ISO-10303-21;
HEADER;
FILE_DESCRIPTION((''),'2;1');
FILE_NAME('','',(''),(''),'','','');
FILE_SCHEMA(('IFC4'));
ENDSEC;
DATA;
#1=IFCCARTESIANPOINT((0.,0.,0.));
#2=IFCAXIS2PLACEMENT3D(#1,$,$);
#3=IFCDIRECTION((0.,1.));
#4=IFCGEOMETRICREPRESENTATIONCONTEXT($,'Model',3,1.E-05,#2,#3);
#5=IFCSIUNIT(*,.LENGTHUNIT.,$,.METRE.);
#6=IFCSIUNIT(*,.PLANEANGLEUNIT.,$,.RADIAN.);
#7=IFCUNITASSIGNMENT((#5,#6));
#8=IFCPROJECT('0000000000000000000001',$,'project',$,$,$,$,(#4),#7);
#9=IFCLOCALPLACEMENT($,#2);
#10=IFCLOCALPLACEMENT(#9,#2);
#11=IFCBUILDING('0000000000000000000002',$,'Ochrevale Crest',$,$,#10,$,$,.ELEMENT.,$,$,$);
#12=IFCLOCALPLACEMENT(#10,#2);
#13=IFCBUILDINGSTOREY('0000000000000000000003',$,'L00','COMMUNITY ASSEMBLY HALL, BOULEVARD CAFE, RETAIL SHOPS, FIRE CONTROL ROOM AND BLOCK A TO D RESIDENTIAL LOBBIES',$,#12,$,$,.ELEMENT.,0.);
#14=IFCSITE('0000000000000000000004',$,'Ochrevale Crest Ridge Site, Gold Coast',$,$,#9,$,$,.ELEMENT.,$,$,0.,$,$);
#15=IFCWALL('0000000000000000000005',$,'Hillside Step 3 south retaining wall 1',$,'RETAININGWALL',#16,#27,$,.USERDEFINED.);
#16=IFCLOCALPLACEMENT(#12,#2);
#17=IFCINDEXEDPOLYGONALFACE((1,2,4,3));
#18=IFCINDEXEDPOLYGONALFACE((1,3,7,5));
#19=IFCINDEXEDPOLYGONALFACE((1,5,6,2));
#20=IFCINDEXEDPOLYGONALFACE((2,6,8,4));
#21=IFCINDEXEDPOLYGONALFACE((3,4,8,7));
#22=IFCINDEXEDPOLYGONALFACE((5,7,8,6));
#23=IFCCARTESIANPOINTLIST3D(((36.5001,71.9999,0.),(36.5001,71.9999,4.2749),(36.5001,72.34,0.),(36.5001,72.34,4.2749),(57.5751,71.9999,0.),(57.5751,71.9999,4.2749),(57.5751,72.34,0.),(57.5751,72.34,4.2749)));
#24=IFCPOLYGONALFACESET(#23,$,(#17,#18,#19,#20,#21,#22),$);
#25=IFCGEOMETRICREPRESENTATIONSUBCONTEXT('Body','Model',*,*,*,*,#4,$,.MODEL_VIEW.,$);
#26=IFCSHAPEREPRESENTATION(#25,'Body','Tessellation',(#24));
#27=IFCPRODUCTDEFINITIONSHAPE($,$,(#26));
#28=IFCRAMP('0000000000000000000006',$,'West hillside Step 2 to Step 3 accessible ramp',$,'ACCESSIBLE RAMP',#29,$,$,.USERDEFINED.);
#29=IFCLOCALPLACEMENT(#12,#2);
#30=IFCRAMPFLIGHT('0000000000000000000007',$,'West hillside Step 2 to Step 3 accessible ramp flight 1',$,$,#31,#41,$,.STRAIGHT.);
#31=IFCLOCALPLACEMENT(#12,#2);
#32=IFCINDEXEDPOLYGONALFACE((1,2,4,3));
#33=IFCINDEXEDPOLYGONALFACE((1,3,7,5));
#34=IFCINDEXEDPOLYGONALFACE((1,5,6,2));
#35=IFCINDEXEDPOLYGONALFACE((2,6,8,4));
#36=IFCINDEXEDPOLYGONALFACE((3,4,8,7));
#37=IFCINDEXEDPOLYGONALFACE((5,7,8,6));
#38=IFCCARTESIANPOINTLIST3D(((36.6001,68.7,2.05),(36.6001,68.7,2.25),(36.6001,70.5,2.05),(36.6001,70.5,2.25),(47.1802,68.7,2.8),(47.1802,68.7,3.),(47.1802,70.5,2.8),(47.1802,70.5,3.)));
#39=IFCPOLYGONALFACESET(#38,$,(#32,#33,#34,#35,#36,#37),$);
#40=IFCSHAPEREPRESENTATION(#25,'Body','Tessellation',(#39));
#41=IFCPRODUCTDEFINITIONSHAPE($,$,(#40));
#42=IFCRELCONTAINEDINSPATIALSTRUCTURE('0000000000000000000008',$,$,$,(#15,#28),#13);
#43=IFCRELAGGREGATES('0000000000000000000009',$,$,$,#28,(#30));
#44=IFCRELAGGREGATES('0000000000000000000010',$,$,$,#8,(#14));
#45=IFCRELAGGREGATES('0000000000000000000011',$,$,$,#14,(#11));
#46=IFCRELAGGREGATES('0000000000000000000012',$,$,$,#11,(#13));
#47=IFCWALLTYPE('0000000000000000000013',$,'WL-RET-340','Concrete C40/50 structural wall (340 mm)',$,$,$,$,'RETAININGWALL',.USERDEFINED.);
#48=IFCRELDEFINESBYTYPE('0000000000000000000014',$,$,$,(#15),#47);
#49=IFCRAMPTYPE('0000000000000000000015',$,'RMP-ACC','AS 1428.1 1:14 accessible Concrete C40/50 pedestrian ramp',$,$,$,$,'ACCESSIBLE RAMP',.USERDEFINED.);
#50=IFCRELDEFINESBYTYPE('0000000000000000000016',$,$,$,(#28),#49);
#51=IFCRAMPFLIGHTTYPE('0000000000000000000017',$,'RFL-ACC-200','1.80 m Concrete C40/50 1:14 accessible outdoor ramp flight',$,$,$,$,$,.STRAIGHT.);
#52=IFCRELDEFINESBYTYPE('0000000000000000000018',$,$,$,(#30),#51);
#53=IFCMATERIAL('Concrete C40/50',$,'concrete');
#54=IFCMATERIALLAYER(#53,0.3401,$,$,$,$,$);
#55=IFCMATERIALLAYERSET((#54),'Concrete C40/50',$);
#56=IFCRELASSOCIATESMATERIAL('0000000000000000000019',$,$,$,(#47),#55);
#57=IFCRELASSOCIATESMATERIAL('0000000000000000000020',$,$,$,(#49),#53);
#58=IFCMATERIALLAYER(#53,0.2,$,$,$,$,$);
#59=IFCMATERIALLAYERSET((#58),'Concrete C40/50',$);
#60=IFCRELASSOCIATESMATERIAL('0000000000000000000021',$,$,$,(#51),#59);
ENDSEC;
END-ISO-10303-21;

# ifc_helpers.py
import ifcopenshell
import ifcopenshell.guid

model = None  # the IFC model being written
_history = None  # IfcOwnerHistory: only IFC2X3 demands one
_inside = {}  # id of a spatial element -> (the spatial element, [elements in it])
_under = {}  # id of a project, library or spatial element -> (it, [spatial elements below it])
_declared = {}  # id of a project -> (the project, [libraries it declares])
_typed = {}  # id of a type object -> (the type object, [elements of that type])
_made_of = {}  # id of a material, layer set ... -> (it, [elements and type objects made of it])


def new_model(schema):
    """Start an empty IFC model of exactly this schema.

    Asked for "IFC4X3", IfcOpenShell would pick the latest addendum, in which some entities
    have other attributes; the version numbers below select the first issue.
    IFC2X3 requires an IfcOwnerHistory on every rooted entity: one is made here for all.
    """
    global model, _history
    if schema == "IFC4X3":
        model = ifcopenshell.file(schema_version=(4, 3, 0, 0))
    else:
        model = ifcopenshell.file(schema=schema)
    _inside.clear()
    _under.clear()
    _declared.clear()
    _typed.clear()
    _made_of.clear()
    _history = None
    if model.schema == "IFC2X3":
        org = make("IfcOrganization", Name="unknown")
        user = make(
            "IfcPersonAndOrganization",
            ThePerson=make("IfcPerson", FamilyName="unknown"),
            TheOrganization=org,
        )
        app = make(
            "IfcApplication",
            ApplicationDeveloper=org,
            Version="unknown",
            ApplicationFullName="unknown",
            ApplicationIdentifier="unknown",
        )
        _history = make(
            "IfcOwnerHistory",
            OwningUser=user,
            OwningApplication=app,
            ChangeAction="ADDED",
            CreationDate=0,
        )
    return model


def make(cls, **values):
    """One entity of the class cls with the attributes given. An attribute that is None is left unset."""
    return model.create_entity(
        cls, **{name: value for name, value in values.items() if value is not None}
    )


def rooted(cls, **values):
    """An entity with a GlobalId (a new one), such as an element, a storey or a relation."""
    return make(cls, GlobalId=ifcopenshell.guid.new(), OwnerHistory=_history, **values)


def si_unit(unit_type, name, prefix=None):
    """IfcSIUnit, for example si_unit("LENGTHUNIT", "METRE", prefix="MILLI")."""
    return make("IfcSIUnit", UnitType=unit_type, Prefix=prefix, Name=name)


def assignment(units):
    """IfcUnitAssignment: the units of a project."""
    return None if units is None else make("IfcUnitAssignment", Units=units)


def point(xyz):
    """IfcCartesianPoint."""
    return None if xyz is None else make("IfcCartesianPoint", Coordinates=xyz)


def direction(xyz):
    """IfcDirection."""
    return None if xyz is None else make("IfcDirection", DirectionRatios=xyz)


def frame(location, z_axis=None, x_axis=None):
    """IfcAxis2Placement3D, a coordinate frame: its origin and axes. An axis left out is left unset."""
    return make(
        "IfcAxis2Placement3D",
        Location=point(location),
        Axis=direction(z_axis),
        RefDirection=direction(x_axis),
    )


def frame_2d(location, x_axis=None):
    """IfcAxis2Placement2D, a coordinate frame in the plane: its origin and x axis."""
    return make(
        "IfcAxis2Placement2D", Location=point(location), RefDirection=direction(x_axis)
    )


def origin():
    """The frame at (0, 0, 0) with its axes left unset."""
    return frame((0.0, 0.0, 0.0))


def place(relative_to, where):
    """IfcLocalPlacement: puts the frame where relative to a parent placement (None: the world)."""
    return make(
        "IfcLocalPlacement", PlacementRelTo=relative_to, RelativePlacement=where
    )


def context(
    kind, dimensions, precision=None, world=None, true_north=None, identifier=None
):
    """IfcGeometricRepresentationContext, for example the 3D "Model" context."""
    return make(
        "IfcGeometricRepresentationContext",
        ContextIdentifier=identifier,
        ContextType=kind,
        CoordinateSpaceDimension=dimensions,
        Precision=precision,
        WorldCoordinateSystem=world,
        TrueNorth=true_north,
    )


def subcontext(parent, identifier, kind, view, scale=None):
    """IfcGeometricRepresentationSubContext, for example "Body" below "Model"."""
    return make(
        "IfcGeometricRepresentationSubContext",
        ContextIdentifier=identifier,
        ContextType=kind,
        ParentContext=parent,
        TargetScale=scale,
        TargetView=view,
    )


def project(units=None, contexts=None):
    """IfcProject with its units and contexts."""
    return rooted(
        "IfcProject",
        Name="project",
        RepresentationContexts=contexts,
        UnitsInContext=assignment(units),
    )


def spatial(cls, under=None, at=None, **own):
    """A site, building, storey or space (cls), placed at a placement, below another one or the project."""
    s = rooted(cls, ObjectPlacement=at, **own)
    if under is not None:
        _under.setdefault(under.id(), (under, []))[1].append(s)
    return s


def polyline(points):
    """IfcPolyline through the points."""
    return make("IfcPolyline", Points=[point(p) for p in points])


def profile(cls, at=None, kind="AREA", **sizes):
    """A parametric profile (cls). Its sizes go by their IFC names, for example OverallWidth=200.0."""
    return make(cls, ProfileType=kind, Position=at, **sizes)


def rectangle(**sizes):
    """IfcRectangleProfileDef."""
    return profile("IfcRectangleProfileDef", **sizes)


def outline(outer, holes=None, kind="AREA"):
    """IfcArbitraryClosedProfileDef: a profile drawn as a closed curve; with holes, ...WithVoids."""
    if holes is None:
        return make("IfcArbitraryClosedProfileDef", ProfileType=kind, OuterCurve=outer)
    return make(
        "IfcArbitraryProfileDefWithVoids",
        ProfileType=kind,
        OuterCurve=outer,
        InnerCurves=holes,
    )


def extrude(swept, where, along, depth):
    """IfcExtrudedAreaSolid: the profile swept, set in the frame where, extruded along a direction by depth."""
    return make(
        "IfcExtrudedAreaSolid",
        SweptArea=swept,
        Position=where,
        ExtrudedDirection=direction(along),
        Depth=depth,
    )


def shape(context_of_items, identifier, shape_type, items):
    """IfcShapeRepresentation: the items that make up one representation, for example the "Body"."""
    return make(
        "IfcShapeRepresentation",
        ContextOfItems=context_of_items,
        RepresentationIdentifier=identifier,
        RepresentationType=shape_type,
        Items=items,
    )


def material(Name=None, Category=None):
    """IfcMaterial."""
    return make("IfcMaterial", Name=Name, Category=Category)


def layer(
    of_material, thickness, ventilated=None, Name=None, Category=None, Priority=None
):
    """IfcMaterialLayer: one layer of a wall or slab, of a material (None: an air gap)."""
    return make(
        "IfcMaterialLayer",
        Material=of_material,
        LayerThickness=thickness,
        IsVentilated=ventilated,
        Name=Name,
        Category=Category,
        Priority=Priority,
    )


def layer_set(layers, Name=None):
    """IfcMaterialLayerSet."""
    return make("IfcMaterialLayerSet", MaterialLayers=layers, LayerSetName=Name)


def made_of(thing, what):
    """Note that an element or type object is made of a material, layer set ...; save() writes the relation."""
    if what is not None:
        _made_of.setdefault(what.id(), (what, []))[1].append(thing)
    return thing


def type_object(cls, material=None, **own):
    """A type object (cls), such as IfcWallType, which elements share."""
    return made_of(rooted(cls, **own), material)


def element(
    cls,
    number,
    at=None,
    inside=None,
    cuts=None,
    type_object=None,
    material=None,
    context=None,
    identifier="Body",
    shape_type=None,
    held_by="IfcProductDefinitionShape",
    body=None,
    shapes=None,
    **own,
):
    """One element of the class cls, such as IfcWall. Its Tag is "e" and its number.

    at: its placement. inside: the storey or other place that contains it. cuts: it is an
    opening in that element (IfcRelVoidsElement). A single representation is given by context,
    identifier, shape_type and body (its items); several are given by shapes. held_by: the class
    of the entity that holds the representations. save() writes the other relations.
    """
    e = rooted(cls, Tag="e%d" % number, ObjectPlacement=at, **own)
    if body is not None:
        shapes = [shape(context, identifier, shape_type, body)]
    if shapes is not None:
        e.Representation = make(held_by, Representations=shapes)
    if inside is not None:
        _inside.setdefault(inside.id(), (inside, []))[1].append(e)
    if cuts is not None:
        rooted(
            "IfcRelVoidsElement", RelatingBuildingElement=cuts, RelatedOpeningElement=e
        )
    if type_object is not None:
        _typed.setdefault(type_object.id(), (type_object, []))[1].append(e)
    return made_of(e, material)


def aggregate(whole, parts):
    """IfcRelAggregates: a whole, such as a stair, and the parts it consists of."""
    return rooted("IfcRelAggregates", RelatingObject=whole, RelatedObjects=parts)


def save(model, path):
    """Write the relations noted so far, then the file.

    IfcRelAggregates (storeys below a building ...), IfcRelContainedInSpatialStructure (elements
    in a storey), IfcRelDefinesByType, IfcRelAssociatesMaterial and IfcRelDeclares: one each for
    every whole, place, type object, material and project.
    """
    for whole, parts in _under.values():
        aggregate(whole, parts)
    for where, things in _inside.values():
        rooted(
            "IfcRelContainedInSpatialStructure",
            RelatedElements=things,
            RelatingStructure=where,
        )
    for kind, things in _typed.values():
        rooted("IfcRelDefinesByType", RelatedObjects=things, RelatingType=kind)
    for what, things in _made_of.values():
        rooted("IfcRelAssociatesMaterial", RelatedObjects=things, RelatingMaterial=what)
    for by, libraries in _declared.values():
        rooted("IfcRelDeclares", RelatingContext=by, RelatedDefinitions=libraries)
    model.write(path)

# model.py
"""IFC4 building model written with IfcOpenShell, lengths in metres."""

from ifc_helpers import new_model, si_unit, direction, frame, frame_2d, origin, place, context, subcontext, project, spatial, polyline, rectangle, outline, extrude, material, layer, layer_set, type_object, element, aggregate, save


model = new_model("IFC4")

# Units and contexts
model_context = context("Model", 3, precision=1e-05, world=origin(), true_north=direction((0.0, 1.0)))
body_context = subcontext(model_context, "Body", "Model", "MODEL_VIEW")
ifc_project = project(units=[si_unit("LENGTHUNIT", "METRE"), si_unit("PLANEANGLEUNIT", "RADIAN")], contexts=[model_context])

# Site, building, storey
site_placement = place(None, origin())
site = spatial("IfcSite", under=ifc_project, at=site_placement, Name="Ochrevale Crest Ridge Site, Gold Coast", CompositionType="ELEMENT", RefElevation=0.0)
building_placement = place(site_placement, origin())
building = spatial("IfcBuilding", under=site, at=building_placement, Name="Ochrevale Crest", CompositionType="ELEMENT")
storey_placement = place(building_placement, origin())
storey = spatial("IfcBuildingStorey", under=building, at=storey_placement, Name="L00", Description="COMMUNITY ASSEMBLY HALL, BOULEVARD CAFE, RETAIL SHOPS, FIRE CONTROL ROOM AND BLOCK A TO D RESIDENTIAL LOBBIES", CompositionType="ELEMENT", Elevation=0.0)

# Wall
ifc_material_1 = material(Name="Concrete C40/50", Category="concrete")
ifc_layer_1 = layer(ifc_material_1, 0.3401)
ifc_layer_set_1 = layer_set([ifc_layer_1], Name="Concrete C40/50")
wall_type_1 = type_object("IfcWallType", Name="WL-RET-340", Description="Concrete C40/50 structural wall (340 mm)", ElementType="RETAININGWALL", PredefinedType="USERDEFINED", material=ifc_layer_set_1)
wall_1_placement = place(storey_placement, frame((36.5, 72.1699, 0.0), z_axis=(0.0, 0.0, 1.0), x_axis=(1.0, 0.0, 0.0)))
element("IfcWall", 1, at=wall_1_placement, inside=storey, type_object=wall_type_1, Name="Hillside Step 3 south retaining wall 1", ObjectType="RETAININGWALL", PredefinedType="USERDEFINED", context=body_context, shape_type="SweptSolid", body=[
    extrude(rectangle(XDim=21.075, YDim=0.3401, at=frame_2d((10.5376, 0.0))), origin(), (0.0, 0.0, 1.0), 4.2749),
])

# Ramp, ramp flight
ramp_type = type_object("IfcRampType", Name="RMP-ACC", Description="AS 1428.1 1:14 accessible Concrete C40/50 pedestrian ramp", ElementType="ACCESSIBLE RAMP", PredefinedType="USERDEFINED", material=ifc_material_1)
ramp_placement = place(storey_placement, origin())
ramp = element("IfcRamp", 2, at=ramp_placement, inside=storey, type_object=ramp_type, Name="West hillside Step 2 to Step 3 accessible ramp", ObjectType="ACCESSIBLE RAMP", PredefinedType="USERDEFINED")
ifc_layer_2 = layer(ifc_material_1, 0.2)
ifc_layer_set_2 = layer_set([ifc_layer_2], Name="Concrete C40/50")
ramp_flight_type = type_object("IfcRampFlightType", Name="RFL-ACC-200", Description="1.80 m Concrete C40/50 1:14 accessible outdoor ramp flight", PredefinedType="STRAIGHT", material=ifc_layer_set_2)
ramp_flight_placement = place(storey_placement, frame((36.6001, 69.6001, 2.25), z_axis=(0.0, 0.0, 1.0), x_axis=(1.0, 0.0, 0.0)))
ramp_flight = element("IfcRampFlight", 3, at=ramp_flight_placement, type_object=ramp_flight_type, Name="West hillside Step 2 to Step 3 accessible ramp flight 1", PredefinedType="STRAIGHT", context=body_context, shape_type="SweptSolid", body=[
    extrude(outline(polyline([(0.0, -0.2), (10.5801, 0.55), (10.5801, 0.75), (0.0, 0.0), (0.0, -0.2)])), frame((0.0, 0.8999, 0.0), z_axis=(0.0, -1.0, 0.0), x_axis=(1.0, 0.0, 0.0)), (0.0, 0.0, 1.0), 1.8),
])
aggregate(ramp, [ramp_flight])

save(model, "model.ifc")
